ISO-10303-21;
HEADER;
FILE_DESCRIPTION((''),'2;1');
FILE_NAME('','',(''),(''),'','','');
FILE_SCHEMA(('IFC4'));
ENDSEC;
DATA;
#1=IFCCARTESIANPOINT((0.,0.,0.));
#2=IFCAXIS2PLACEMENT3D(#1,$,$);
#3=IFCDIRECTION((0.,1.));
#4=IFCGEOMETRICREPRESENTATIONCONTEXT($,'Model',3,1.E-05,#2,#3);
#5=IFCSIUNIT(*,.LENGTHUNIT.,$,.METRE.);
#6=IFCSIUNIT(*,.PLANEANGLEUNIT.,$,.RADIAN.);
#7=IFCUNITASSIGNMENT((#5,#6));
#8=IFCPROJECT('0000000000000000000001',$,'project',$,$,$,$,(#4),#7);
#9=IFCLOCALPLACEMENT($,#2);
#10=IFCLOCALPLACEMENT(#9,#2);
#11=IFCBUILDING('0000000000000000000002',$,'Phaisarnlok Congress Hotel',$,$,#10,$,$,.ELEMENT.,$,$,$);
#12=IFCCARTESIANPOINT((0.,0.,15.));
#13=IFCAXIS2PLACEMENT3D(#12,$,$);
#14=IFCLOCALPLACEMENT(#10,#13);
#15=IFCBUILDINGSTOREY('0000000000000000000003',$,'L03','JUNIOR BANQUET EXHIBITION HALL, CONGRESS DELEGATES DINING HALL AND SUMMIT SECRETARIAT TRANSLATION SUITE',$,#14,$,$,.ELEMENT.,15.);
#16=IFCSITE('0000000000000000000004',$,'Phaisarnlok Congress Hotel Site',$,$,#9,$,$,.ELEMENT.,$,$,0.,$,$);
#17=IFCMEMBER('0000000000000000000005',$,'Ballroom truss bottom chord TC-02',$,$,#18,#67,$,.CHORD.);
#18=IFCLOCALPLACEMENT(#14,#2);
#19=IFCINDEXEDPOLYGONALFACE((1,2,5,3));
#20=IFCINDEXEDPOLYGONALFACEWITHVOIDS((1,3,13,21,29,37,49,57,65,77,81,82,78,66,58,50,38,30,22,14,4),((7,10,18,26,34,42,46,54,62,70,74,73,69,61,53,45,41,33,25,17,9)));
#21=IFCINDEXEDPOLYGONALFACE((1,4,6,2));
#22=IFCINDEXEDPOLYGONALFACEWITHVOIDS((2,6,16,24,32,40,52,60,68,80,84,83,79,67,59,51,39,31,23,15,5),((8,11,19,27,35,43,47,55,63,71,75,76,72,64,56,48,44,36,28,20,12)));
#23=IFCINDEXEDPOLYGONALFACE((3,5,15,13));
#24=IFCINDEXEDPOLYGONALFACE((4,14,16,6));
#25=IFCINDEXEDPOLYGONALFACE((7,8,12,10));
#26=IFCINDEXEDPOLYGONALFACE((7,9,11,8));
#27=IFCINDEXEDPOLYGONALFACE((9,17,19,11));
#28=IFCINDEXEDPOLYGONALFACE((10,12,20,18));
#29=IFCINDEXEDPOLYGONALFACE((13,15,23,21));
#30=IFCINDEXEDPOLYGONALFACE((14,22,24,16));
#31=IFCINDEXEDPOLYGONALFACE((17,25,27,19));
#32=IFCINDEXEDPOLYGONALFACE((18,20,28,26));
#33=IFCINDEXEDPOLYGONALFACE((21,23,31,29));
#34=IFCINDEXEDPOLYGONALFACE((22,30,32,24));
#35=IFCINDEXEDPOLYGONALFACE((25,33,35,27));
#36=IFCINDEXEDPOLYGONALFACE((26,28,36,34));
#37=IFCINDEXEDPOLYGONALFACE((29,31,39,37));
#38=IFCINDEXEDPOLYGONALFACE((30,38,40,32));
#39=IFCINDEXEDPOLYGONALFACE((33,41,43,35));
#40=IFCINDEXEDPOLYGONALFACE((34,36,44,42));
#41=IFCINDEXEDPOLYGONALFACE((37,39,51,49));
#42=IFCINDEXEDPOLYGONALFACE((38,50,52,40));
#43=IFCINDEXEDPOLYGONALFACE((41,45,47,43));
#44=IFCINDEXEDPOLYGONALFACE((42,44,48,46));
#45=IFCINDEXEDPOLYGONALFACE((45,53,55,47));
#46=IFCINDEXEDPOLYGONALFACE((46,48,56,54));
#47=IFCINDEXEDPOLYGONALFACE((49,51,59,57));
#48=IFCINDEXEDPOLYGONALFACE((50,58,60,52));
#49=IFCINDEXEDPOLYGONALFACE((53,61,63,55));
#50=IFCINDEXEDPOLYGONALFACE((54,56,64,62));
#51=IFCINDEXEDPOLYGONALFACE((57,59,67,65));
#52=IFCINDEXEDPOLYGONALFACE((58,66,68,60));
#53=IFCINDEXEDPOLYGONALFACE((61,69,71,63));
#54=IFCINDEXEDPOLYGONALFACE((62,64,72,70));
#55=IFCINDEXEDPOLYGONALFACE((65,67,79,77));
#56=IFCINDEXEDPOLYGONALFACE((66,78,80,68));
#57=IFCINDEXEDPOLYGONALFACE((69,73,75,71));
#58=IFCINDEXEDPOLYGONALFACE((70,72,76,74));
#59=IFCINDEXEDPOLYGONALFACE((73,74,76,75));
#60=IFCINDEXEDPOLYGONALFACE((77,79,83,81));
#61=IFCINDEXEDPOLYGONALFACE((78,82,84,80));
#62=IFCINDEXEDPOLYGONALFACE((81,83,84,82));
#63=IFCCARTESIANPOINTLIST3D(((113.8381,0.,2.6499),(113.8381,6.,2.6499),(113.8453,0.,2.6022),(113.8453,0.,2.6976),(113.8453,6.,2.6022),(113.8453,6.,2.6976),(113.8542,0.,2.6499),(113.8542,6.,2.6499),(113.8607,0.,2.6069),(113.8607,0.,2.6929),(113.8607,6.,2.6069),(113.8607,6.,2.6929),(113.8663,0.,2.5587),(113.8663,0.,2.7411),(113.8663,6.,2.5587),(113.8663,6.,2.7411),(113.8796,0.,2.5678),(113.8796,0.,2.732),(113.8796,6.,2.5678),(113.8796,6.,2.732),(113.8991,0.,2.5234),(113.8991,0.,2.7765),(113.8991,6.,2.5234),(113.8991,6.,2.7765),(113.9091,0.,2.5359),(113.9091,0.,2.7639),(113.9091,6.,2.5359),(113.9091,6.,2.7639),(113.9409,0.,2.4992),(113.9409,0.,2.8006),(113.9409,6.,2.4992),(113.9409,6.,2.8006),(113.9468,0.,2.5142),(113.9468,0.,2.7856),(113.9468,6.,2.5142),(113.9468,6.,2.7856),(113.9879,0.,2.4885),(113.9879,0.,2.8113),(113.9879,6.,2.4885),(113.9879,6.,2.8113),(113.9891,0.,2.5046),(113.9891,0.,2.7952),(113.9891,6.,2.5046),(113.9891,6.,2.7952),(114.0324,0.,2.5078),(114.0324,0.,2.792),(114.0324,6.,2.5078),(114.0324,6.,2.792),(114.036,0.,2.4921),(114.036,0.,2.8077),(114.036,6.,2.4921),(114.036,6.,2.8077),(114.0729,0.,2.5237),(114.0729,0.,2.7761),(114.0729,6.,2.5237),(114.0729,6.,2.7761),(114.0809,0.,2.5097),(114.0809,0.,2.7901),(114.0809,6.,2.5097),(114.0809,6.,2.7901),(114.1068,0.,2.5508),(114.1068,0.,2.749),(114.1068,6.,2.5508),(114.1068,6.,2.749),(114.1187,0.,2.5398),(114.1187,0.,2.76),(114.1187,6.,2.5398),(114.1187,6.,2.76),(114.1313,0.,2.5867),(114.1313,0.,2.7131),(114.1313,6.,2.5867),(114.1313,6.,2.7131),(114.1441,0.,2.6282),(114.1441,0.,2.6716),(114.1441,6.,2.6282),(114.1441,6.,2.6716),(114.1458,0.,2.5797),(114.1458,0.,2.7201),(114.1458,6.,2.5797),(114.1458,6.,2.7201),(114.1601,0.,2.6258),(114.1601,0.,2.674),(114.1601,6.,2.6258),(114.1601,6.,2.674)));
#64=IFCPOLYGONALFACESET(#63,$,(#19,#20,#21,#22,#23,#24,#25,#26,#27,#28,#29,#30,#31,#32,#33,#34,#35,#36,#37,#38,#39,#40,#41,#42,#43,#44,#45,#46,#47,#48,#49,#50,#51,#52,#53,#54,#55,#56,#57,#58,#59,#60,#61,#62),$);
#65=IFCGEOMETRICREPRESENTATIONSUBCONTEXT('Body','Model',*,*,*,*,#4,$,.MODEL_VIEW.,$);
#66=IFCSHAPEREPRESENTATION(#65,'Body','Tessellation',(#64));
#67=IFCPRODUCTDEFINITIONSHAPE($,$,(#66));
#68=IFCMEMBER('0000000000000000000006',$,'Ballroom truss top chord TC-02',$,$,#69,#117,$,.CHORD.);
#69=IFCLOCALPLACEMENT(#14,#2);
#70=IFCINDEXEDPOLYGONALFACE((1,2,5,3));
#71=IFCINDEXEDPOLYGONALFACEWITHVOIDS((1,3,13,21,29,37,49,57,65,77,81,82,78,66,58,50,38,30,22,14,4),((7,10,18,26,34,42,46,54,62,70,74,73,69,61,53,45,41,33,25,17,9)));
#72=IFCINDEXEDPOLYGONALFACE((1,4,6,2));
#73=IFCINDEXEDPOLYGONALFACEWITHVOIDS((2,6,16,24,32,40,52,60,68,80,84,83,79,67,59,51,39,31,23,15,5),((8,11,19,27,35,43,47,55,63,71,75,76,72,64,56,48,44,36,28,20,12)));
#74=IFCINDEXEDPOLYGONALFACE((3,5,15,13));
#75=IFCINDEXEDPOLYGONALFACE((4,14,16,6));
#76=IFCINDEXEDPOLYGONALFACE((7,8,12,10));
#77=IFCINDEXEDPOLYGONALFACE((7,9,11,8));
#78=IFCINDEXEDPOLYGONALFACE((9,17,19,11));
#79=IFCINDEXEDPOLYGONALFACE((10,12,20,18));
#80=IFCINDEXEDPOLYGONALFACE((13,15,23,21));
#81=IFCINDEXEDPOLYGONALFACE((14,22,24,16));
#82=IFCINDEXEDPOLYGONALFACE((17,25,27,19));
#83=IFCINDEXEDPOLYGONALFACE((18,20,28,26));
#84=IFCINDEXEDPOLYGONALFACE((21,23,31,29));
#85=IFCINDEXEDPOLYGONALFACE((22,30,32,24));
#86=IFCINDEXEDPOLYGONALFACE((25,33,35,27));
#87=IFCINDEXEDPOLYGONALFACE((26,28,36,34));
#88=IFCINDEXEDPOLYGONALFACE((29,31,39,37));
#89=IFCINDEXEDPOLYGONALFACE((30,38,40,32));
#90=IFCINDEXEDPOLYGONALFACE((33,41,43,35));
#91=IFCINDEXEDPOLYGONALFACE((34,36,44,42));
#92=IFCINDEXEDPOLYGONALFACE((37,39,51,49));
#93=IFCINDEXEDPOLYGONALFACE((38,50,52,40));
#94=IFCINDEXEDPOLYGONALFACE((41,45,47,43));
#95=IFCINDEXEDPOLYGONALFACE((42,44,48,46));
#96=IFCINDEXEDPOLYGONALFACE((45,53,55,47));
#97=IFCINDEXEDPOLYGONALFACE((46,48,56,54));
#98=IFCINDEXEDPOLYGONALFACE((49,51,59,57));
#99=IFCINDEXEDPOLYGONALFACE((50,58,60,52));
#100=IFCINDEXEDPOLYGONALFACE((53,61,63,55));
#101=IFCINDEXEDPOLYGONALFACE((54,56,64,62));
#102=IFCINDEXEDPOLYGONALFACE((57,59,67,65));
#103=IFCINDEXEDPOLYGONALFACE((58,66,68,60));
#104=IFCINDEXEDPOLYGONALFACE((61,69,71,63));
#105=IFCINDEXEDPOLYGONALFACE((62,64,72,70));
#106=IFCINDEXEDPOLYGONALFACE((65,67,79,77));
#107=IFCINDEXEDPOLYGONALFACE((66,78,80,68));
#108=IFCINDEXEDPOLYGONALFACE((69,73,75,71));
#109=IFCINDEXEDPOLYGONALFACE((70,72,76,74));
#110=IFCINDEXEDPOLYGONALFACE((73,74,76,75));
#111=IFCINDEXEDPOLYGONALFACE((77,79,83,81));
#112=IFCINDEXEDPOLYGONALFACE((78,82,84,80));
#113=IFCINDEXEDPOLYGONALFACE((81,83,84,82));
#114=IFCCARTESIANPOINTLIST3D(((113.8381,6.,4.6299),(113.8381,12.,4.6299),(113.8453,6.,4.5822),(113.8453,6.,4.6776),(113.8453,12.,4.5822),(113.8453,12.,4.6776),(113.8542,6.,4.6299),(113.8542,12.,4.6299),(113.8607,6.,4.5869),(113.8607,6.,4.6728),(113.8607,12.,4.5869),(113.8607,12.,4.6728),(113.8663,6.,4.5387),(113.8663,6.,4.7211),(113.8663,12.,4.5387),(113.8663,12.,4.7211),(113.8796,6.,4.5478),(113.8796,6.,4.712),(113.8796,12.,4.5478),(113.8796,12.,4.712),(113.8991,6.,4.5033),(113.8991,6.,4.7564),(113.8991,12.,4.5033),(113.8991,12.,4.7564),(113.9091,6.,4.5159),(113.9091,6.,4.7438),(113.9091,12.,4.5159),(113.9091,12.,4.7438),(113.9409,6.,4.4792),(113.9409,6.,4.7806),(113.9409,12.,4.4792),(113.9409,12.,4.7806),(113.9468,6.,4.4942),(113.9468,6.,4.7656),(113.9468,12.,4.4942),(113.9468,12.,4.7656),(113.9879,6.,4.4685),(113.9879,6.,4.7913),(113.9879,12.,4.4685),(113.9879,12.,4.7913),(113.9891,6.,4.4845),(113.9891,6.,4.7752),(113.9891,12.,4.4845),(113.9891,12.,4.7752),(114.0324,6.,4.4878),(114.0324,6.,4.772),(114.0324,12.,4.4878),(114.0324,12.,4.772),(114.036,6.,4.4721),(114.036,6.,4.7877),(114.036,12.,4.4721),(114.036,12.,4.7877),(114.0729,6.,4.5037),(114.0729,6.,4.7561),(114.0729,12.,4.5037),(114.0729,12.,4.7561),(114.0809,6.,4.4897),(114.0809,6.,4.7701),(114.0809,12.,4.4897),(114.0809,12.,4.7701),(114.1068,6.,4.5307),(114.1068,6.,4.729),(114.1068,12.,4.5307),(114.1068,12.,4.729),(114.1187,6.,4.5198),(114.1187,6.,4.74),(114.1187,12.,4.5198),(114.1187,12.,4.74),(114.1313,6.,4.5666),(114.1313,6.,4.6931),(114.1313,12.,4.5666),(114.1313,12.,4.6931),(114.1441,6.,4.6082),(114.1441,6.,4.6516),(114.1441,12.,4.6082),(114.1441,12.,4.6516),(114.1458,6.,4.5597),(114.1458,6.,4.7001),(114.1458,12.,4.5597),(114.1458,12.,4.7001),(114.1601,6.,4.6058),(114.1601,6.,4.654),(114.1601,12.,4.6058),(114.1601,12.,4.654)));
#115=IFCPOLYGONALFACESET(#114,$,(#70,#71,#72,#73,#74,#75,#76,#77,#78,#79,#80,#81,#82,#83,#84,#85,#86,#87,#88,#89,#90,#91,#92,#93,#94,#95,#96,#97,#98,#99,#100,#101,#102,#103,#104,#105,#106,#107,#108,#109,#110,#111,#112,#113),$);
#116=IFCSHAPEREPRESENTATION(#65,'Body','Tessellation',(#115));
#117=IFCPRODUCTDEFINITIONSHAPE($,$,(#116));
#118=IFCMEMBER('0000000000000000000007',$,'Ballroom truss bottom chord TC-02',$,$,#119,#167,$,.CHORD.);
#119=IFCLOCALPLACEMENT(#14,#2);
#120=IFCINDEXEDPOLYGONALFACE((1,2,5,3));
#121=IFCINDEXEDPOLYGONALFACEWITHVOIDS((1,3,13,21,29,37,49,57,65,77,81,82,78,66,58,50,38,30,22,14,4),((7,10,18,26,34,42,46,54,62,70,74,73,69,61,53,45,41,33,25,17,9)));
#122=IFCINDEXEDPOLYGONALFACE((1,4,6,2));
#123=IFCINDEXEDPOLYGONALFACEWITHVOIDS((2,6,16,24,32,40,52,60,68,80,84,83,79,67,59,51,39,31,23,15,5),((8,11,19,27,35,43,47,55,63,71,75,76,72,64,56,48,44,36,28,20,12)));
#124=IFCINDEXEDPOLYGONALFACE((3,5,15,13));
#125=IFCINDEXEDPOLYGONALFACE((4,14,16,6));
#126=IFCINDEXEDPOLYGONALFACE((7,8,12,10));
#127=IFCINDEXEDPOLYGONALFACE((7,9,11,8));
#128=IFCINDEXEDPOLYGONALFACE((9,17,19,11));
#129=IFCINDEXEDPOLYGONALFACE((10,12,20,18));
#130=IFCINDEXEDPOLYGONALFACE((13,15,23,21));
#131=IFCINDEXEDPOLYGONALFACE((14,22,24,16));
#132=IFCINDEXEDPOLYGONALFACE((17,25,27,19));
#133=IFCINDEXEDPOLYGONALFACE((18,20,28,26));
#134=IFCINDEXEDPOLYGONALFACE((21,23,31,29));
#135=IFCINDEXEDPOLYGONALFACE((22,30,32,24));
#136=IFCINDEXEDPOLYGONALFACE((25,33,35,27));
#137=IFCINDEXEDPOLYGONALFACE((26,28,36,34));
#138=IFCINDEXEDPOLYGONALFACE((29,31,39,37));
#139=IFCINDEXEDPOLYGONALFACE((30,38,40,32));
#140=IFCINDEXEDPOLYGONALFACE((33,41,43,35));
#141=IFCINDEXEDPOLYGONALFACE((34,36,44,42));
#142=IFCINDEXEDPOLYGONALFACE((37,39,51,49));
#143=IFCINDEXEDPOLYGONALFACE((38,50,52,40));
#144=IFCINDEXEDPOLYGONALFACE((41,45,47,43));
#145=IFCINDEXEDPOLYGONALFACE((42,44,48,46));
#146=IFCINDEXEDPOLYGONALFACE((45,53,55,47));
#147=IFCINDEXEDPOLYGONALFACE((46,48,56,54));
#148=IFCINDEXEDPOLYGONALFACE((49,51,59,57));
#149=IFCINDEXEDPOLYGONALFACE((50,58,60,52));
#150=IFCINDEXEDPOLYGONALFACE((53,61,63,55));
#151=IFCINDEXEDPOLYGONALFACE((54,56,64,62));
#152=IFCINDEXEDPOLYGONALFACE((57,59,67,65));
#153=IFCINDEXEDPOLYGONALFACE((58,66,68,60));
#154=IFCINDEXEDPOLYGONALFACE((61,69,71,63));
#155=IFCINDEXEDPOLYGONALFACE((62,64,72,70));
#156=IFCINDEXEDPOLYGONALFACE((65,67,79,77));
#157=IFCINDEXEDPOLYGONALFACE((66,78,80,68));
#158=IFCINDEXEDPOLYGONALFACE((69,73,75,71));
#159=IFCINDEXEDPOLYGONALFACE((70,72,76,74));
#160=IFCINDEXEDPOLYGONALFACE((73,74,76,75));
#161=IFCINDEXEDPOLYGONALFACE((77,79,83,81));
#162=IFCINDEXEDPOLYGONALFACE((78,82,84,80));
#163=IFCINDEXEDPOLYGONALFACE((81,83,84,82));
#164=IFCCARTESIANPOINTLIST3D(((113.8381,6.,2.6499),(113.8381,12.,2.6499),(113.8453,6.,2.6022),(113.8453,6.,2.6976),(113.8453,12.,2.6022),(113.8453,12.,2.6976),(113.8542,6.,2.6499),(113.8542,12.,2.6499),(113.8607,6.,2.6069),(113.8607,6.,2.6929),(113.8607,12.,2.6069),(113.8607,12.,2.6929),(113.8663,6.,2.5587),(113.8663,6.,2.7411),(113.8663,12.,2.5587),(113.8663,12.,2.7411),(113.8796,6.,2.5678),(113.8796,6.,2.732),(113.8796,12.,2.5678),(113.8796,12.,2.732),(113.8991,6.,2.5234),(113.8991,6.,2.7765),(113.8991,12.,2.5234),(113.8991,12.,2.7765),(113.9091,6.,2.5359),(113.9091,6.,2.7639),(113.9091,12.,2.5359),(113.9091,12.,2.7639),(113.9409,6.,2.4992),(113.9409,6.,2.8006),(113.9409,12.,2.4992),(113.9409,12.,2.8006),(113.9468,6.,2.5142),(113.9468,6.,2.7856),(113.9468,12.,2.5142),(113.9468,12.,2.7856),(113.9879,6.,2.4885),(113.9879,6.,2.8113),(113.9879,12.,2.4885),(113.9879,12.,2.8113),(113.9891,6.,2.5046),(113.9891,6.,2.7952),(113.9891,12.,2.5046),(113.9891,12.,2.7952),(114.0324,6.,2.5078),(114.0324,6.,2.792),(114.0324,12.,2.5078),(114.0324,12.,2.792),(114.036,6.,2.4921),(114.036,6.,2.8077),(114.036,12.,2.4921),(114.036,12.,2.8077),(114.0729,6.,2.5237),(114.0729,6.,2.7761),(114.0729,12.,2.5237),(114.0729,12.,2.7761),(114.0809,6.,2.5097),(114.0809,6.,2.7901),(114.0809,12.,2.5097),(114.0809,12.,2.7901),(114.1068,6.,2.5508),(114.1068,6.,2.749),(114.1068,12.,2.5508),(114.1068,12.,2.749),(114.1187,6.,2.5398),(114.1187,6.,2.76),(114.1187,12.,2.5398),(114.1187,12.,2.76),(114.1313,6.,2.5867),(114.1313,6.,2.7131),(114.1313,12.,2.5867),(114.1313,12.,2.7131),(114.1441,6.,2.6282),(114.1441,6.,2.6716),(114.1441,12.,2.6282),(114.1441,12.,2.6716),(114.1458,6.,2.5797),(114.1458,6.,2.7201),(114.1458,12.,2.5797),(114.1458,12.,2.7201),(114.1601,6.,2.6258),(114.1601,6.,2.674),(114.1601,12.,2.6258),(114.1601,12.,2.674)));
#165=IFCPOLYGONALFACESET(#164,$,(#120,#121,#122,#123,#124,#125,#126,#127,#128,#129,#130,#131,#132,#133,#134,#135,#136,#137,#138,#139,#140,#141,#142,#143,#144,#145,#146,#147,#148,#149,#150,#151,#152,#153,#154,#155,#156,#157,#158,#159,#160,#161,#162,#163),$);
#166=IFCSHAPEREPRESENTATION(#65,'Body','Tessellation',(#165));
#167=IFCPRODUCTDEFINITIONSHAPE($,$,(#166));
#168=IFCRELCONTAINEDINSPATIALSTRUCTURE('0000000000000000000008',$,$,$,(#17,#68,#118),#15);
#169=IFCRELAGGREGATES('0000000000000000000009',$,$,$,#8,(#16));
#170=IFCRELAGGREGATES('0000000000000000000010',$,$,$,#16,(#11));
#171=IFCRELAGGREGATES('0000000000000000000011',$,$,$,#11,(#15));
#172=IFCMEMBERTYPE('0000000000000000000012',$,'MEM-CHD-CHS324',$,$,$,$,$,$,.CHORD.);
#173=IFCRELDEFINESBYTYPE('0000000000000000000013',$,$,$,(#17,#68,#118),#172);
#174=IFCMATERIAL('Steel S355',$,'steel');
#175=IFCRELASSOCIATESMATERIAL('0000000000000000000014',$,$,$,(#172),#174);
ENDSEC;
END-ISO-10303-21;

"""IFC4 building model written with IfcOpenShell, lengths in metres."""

from ifc_helpers import new_model, si_unit, direction, frame, origin, origin_2d, place, context, subcontext, project, spatial, hollow_circle, extrude, material, material_profile, profile_set, type_object, element, save


model = new_model("IFC4")

# Units and contexts
model_context = context("Model", 3, precision=1e-05, world=origin(), true_north=direction((0.0, 1.0)))
body_context = subcontext(model_context, "Body", "Model", "MODEL_VIEW")
ifc_project = project(units=[si_unit("LENGTHUNIT", "METRE"), si_unit("PLANEANGLEUNIT", "RADIAN")], contexts=[model_context])

# Site, building, storey
site_placement = place(None, origin())
site = spatial("IfcSite", under=ifc_project, at=site_placement, Name="Phaisarnlok Congress Hotel Site", CompositionType="ELEMENT", RefElevation=0.0)
building_placement = place(site_placement, origin())
building = spatial("IfcBuilding", under=site, at=building_placement, Name="Phaisarnlok Congress Hotel", CompositionType="ELEMENT")
storey_placement = place(building_placement, frame((0.0, 0.0, 15.0)))
storey = spatial("IfcBuildingStorey", under=building, at=storey_placement, Name="L03", Description="JUNIOR BANQUET EXHIBITION HALL, CONGRESS DELEGATES DINING HALL AND SUMMIT SECRETARIAT TRANSLATION SUITE", CompositionType="ELEMENT", Elevation=15.0)

# Members
ifc_material_1 = material(Name="Steel S355", Category="steel")
ifc_material_profile_1 = material_profile(ifc_material_1, hollow_circle(Radius=0.1619, WallThickness=0.0161, at=origin_2d()), Name="CHS 323.9x16")
ifc_profile_set_1 = profile_set([ifc_material_profile_1], Name="Steel S355")
member_type_1 = type_object("IfcMemberType", Name="MEM-CHD-CHS324", PredefinedType="CHORD", material=ifc_profile_set_1)
for number, where, z_axis, x_axis, name in (
    (1, (114.0, 0.0, 2.6499), (0.0, 1.0, 0.0), (-1.0, 0.0, 0.0), "Ballroom truss bottom chord TC-02"),
    (2, (114.0, 6.0, 4.6299), (0.0, 1.0, 0.0), (-1.0, 0.0, 0.0), "Ballroom truss top chord TC-02"),
    (3, (114.0, 6.0, 2.6499), (0.0, 1.0, 0.0), (-1.0, 0.0, 0.0), "Ballroom truss bottom chord TC-02"),
):
    element("IfcMember", number, at=place(storey_placement, frame(where, z_axis=z_axis, x_axis=x_axis)), inside=storey, type_object=member_type_1, Name=name, PredefinedType="CHORD", context=body_context, shape_type="SweptSolid", body=[
        extrude(hollow_circle(Radius=0.1619, WallThickness=0.0161, at=origin_2d()), origin(), (0.0, 0.0, 1.0), 6.0),
    ])

save(model, "model.ifc")
